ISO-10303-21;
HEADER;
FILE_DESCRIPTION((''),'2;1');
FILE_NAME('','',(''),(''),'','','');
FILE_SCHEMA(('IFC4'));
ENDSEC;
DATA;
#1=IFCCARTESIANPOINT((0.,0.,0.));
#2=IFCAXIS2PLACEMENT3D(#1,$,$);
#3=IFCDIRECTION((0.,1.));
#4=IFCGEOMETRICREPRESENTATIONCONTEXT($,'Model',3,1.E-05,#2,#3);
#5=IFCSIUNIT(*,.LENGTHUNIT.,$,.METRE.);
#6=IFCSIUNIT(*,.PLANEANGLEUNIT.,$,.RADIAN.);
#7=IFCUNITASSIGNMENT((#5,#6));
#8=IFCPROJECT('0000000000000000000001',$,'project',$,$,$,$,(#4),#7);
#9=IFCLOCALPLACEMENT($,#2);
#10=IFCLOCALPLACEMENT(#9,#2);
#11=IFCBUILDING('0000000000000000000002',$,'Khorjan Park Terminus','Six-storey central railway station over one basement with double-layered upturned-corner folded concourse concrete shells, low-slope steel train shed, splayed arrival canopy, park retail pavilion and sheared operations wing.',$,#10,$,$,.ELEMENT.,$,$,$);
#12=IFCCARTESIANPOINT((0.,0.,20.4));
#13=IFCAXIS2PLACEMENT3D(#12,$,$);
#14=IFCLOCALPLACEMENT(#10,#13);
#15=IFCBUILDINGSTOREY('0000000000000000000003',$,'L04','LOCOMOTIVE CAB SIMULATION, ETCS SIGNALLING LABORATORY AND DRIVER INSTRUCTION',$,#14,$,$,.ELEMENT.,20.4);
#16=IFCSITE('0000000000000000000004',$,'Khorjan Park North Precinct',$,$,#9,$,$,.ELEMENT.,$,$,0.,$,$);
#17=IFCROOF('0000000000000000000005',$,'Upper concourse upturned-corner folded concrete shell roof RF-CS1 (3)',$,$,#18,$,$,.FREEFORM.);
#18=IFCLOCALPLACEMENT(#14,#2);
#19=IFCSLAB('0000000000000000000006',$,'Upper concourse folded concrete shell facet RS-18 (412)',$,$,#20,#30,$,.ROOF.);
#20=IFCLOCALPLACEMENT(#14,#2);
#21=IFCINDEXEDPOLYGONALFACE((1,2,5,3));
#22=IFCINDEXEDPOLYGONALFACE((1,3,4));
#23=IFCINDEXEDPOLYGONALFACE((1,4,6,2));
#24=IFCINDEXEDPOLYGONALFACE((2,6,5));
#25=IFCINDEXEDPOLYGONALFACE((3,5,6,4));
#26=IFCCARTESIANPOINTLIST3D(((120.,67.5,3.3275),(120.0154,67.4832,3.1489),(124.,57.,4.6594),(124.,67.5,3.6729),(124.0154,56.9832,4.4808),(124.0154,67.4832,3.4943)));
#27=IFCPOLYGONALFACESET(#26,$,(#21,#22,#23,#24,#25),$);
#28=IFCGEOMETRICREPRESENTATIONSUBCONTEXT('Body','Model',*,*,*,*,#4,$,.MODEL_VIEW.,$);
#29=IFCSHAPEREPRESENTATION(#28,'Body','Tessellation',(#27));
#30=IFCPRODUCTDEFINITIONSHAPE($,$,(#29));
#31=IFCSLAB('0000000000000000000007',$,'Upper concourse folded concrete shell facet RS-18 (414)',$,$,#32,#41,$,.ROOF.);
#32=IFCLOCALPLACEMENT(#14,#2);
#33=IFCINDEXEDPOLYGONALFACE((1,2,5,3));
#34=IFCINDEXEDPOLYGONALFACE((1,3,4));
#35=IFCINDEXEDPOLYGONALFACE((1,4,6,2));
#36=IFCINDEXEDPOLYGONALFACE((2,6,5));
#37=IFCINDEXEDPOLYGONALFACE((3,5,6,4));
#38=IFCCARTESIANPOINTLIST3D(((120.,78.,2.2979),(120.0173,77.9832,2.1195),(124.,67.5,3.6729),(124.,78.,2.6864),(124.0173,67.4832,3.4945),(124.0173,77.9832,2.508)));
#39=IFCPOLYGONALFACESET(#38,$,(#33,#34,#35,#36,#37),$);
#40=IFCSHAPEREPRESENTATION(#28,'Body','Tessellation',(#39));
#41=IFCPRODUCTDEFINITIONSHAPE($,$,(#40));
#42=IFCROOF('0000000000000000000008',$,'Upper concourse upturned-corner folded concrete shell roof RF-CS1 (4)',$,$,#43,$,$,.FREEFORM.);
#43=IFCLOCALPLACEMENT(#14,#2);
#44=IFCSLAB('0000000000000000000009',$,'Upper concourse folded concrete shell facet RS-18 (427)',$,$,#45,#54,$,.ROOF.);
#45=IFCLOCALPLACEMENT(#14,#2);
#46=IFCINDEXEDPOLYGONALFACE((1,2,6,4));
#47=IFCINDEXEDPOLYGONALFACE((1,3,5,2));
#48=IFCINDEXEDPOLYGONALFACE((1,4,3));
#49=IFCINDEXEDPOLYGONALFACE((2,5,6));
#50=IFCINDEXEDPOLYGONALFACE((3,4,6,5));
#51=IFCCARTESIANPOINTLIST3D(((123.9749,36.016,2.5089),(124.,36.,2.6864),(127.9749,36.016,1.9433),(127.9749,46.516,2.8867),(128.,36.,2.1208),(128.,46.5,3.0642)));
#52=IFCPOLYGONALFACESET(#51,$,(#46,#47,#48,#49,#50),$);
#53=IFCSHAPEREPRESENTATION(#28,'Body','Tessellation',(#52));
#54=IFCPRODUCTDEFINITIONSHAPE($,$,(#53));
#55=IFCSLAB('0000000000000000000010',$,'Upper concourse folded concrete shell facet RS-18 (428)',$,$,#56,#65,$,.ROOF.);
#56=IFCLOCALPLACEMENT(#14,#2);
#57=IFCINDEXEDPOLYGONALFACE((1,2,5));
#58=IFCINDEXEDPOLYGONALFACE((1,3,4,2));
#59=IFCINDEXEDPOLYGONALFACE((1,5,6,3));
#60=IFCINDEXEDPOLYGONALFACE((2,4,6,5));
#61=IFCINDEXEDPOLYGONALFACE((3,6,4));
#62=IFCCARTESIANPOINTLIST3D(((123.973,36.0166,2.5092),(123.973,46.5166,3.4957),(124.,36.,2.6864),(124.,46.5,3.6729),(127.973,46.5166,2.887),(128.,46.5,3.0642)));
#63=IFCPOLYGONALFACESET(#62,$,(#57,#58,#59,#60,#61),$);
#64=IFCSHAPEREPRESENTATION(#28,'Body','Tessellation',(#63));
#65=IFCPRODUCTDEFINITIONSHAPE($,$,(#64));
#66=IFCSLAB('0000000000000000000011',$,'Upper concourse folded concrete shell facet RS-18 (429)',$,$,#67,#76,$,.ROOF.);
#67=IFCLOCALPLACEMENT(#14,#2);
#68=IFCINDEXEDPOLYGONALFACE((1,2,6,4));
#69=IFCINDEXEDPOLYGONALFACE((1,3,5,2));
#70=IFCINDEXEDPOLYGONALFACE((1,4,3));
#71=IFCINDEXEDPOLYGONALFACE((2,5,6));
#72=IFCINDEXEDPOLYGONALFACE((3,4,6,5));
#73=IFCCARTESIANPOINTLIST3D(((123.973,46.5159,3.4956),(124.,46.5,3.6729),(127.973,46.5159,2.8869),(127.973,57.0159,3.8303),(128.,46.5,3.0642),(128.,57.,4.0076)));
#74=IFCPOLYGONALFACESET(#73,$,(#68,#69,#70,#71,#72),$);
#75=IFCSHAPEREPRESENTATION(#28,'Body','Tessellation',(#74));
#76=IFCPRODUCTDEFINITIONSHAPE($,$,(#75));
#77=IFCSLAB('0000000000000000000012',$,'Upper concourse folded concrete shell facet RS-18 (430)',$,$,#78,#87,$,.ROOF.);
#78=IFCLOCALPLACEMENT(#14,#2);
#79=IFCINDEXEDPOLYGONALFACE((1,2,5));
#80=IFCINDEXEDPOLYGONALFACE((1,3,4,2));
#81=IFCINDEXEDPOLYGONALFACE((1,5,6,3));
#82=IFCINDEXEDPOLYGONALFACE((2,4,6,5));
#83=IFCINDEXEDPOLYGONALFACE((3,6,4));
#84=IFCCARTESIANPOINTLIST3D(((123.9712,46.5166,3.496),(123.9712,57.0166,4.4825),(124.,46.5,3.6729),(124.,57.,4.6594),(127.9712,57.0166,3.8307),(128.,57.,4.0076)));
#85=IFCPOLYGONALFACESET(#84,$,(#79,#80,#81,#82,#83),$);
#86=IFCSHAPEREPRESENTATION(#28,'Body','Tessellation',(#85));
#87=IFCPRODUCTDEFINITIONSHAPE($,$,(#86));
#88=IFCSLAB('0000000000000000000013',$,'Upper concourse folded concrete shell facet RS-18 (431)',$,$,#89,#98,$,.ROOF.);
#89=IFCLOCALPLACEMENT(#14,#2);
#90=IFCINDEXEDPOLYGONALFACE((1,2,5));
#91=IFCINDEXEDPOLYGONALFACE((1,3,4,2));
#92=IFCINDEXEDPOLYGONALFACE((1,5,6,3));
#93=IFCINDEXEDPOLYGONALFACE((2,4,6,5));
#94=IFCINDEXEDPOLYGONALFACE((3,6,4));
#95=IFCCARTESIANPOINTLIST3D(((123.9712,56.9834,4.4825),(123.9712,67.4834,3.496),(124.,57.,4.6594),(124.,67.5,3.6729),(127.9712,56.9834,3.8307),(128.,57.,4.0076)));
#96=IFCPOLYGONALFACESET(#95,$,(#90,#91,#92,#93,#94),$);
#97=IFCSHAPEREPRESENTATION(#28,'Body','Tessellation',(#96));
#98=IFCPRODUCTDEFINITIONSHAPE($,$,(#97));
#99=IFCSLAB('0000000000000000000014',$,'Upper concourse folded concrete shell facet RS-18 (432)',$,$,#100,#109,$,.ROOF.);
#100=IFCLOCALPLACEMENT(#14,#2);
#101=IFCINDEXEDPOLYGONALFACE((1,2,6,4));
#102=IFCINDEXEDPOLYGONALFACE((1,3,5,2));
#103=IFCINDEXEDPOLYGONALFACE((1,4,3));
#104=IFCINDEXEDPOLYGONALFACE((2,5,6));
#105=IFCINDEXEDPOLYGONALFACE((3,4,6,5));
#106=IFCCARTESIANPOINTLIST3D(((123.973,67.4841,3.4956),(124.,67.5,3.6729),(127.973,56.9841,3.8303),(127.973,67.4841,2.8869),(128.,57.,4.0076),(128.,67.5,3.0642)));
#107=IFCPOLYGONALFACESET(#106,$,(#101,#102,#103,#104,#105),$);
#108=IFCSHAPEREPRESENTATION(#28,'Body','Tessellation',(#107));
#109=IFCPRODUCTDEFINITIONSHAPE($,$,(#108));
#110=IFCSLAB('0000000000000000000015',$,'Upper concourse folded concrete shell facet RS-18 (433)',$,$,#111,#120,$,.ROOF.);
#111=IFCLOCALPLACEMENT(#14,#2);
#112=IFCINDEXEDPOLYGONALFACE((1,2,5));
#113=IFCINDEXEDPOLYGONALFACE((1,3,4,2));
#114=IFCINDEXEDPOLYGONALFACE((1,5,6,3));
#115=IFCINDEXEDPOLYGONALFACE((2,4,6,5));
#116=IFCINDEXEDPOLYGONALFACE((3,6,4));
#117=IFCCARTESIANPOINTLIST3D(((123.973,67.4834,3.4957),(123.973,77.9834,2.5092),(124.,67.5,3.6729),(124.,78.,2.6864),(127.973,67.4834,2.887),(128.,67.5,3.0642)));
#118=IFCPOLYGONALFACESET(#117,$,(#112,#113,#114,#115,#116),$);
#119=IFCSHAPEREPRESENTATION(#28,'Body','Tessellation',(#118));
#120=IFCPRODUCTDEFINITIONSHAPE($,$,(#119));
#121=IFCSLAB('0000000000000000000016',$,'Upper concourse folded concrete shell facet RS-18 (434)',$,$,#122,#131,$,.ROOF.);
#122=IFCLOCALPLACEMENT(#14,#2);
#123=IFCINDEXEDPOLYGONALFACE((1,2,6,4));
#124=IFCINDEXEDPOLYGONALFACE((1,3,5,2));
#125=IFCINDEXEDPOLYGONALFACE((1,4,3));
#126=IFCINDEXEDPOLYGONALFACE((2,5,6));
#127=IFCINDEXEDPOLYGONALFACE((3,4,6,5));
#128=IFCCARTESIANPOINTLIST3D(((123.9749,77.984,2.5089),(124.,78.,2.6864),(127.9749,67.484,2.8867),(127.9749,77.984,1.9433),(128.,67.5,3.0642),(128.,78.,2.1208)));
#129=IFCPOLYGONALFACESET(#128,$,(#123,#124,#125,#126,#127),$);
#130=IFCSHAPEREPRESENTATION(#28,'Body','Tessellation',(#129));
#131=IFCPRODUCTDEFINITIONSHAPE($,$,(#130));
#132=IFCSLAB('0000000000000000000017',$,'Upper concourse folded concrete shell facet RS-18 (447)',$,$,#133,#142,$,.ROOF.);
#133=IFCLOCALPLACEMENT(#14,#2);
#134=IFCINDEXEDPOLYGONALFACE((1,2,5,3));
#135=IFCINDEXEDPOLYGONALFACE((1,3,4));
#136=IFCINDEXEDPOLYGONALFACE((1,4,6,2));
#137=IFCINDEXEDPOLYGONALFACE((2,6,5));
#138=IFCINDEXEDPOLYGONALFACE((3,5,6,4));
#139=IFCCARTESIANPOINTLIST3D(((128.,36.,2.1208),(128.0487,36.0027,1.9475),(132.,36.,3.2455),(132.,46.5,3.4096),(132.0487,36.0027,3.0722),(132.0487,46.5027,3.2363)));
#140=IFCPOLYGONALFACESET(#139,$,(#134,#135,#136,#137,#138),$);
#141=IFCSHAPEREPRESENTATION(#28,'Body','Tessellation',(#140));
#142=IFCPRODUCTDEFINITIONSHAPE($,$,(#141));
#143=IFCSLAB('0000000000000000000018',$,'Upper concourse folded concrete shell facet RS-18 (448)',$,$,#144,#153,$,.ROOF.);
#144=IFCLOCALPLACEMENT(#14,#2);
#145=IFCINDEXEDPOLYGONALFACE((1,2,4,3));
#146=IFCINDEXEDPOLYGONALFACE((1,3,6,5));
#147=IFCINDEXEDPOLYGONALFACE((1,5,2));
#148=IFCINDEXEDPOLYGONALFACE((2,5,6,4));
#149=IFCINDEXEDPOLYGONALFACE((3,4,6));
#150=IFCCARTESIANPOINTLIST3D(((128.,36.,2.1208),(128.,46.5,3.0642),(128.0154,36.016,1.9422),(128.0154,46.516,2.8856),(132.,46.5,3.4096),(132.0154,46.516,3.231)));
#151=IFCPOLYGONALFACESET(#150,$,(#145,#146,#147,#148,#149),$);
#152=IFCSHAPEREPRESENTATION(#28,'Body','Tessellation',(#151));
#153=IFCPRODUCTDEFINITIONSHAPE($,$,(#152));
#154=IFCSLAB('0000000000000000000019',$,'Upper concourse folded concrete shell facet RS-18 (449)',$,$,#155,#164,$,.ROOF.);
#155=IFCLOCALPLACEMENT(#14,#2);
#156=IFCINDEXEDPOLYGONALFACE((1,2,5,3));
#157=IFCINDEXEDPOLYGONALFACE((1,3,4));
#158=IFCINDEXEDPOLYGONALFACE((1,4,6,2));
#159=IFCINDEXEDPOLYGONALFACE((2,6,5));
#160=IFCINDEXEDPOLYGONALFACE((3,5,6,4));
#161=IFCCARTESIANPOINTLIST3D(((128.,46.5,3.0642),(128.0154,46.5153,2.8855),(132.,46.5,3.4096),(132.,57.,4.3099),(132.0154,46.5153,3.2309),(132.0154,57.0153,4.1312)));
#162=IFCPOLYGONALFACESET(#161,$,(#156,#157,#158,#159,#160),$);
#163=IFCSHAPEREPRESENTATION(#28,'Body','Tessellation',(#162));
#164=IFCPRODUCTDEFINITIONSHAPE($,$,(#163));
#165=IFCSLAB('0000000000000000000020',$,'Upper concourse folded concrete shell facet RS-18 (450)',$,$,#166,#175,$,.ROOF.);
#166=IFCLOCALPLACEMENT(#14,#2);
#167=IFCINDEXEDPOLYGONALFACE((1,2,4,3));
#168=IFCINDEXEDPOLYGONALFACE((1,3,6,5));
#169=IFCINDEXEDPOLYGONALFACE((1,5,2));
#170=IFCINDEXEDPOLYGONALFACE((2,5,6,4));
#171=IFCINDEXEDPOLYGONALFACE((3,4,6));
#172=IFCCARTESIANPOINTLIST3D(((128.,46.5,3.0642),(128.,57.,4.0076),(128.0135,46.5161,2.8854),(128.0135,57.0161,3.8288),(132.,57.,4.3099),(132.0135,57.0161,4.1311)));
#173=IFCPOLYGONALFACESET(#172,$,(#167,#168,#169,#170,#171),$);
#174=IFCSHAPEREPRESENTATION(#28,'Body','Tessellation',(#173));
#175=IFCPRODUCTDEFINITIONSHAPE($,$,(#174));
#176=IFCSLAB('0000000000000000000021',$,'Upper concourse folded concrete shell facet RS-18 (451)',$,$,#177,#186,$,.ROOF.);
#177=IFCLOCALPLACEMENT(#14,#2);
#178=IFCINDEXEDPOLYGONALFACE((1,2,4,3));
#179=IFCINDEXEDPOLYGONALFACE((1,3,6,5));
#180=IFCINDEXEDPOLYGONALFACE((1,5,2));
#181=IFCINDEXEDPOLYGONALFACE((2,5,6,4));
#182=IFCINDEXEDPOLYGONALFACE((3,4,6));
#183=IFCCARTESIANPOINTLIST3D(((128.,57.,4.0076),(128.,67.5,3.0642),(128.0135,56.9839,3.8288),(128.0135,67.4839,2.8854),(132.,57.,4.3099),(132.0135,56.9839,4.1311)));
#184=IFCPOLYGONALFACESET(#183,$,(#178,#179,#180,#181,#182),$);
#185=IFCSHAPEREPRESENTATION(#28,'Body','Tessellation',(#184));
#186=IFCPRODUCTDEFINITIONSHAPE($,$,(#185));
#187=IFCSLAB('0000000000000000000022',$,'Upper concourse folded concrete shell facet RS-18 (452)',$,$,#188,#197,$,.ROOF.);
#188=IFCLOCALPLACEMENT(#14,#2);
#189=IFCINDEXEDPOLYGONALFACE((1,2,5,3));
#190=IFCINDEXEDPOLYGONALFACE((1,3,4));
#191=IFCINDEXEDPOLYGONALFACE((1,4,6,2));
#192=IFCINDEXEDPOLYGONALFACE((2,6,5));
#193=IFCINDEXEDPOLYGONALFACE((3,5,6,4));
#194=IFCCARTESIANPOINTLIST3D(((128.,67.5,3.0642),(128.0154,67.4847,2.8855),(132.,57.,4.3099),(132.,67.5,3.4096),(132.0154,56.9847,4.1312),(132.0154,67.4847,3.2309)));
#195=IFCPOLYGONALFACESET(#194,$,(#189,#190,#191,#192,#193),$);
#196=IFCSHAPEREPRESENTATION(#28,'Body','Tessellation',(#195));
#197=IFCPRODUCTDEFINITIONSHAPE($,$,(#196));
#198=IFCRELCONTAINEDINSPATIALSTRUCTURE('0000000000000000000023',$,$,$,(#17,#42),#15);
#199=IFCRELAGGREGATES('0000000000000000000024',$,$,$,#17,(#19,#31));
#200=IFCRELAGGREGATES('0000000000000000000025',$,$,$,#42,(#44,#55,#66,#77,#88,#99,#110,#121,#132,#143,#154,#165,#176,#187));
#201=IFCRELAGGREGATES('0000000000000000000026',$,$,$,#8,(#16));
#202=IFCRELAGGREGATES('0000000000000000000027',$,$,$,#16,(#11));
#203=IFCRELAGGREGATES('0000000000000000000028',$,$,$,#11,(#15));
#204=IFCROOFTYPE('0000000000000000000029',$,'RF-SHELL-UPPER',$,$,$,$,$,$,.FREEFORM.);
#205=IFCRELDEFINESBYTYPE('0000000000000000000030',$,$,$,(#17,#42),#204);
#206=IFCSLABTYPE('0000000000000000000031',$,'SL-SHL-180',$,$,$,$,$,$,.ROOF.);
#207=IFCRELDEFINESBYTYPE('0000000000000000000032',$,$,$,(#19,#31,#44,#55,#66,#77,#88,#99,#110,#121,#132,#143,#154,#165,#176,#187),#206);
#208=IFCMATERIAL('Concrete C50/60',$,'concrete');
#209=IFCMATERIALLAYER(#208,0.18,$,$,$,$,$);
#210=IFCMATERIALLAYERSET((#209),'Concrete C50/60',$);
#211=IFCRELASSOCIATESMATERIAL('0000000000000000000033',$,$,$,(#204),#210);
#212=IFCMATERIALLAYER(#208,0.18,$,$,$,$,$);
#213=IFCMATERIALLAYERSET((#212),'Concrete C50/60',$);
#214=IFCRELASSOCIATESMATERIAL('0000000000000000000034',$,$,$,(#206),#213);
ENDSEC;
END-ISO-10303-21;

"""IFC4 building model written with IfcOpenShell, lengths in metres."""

from ifc_helpers import new_model, si_unit, direction, frame, origin, place, context, subcontext, project, spatial, polyline, outline, extrude, material, layer, layer_set, type_object, element, aggregate, save


model = new_model("IFC4")

# Units and contexts
model_context = context("Model", 3, precision=1e-05, world=origin(), true_north=direction((0.0, 1.0)))
body_context = subcontext(model_context, "Body", "Model", "MODEL_VIEW")
ifc_project = project(units=[si_unit("LENGTHUNIT", "METRE"), si_unit("PLANEANGLEUNIT", "RADIAN")], contexts=[model_context])

# Site, building, storey
site_placement = place(None, origin())
site = spatial("IfcSite", under=ifc_project, at=site_placement, Name="Khorjan Park North Precinct", CompositionType="ELEMENT", RefElevation=0.0)
building_placement = place(site_placement, origin())
building = spatial("IfcBuilding", under=site, at=building_placement, Name="Khorjan Park Terminus", Description="Six-storey central railway station over one basement with double-layered upturned-corner folded concourse concrete shells, low-slope steel train shed, splayed arrival canopy, park retail pavilion and sheared operations wing.", CompositionType="ELEMENT")
storey_placement = place(building_placement, frame((0.0, 0.0, 20.4)))
storey = spatial("IfcBuildingStorey", under=building, at=storey_placement, Name="L04", Description="LOCOMOTIVE CAB SIMULATION, ETCS SIGNALLING LABORATORY AND DRIVER INSTRUCTION", CompositionType="ELEMENT", Elevation=20.4)

# Roofs, slabs
ifc_material = material(Name="Concrete C50/60", Category="concrete")
ifc_layer_1 = layer(ifc_material, 0.18)
ifc_layer_set_1 = layer_set([ifc_layer_1], Name="Concrete C50/60")
roof_type = type_object("IfcRoofType", Name="RF-SHELL-UPPER", PredefinedType="FREEFORM", material=ifc_layer_set_1)
roof_1_placement = place(storey_placement, origin())
roof_1 = element("IfcRoof", 1, at=roof_1_placement, inside=storey, type_object=roof_type, Name="Upper concourse upturned-corner folded concrete shell roof RF-CS1 (3)", PredefinedType="FREEFORM")
ifc_layer_2 = layer(ifc_material, 0.18)
ifc_layer_set_2 = layer_set([ifc_layer_2], Name="Concrete C50/60")
slab_type = type_object("IfcSlabType", Name="SL-SHL-180", PredefinedType="ROOF", material=ifc_layer_set_2)
slab_1_placement = place(storey_placement, frame((124.0, 57.0, 4.6594), z_axis=(-0.085655, 0.093197, 0.991956), x_axis=(0.0, 0.995615, -0.09354)))
slab_1 = element("IfcSlab", 2, at=slab_1_placement, type_object=slab_type, Name="Upper concourse folded concrete shell facet RS-18 (412)", PredefinedType="ROOF", context=body_context, shape_type="SweptSolid", body=[
    extrude(outline(polyline([(0.0, 0.0), (10.5462, 0.0), (10.5785, 4.0148), (0.0, 0.0)])), origin(), (0.0, 0.0, -1.0), 0.18),
])
slab_2_placement = place(storey_placement, frame((124.0, 67.5, 3.6729), z_axis=(-0.09625, 0.093106, 0.990993), x_axis=(0.0, 0.995615, -0.09354)))
slab_2 = element("IfcSlab", 3, at=slab_2_placement, type_object=slab_type, Name="Upper concourse folded concrete shell facet RS-18 (414)", PredefinedType="ROOF", context=body_context, shape_type="SweptSolid", body=[
    extrude(outline(polyline([(0.0, 0.0), (10.5462, 0.0), (10.5826, 4.0187), (0.0, 0.0)])), origin(), (0.0, 0.0, -1.0), 0.18),
])
aggregate(roof_1, [slab_1, slab_2])
roof_2_placement = place(storey_placement, origin())
roof_2 = element("IfcRoof", 4, at=roof_2_placement, inside=storey, type_object=roof_type, Name="Upper concourse upturned-corner folded concrete shell roof RF-CS1 (4)", PredefinedType="FREEFORM")
slab_3_placement = place(storey_placement, frame((124.0, 36.0, 2.6864), z_axis=(0.139457, -0.088613, 0.986255), x_axis=(0.99015, 0.0, -0.140007)))
slab_3 = element("IfcSlab", 5, at=slab_3_placement, type_object=slab_type, Name="Upper concourse folded concrete shell facet RS-18 (427)", PredefinedType="ROOF", context=body_context, shape_type="SweptSolid", body=[
    extrude(outline(polyline([(0.0, 0.0), (4.0398, 0.0), (3.9077, 10.5415), (0.0, 0.0)])), origin(), (0.0, 0.0, -1.0), 0.18),
])
slab_4_placement = place(storey_placement, frame((124.0, 36.0, 2.6864), z_axis=(0.149798, -0.092485, 0.984382), x_axis=(0.355794, 0.93396, 0.033605)))
slab_4 = element("IfcSlab", 6, at=slab_4_placement, type_object=slab_type, Name="Upper concourse folded concrete shell facet RS-18 (428)", PredefinedType="ROOF", context=body_context, shape_type="SweptSolid", body=[
    extrude(outline(polyline([(0.0, 0.0), (11.2425, 0.0), (9.8397, 3.7951), (0.0, 0.0)])), origin(), (0.0, 0.0, -1.0), 0.18),
])
slab_5_placement = place(storey_placement, frame((124.0, 46.5, 3.6729), z_axis=(0.149853, -0.088477, 0.984742), x_axis=(0.988619, 0.0, -0.150443)))
slab_5 = element("IfcSlab", 7, at=slab_5_placement, type_object=slab_type, Name="Upper concourse folded concrete shell facet RS-18 (429)", PredefinedType="ROOF", context=body_context, shape_type="SweptSolid", body=[
    extrude(outline(polyline([(0.0, 0.0), (4.046, 0.0), (3.9041, 10.5413), (0.0, 0.0)])), origin(), (0.0, 0.0, -1.0), 0.18),
])
slab_6_placement = place(storey_placement, frame((124.0, 46.5, 3.6729), z_axis=(0.160142, -0.092333, 0.982766), x_axis=(0.355837, 0.934073, 0.029775)))
slab_6 = element("IfcSlab", 8, at=slab_6_placement, type_object=slab_type, Name="Upper concourse folded concrete shell facet RS-18 (430)", PredefinedType="ROOF", context=body_context, shape_type="SweptSolid", body=[
    extrude(outline(polyline([(0.0, 0.0), (11.2411, 0.0), (9.8371, 3.8018), (0.0, 0.0)])), origin(), (0.0, 0.0, -1.0), 0.18),
])
slab_7_placement = place(storey_placement, frame((124.0, 57.0, 4.6594), z_axis=(0.160142, 0.092333, 0.982766), x_axis=(0.986982, 0.0, -0.160829)))
slab_7 = element("IfcSlab", 9, at=slab_7_placement, type_object=slab_type, Name="Upper concourse folded concrete shell facet RS-18 (431)", PredefinedType="ROOF", context=body_context, shape_type="SweptSolid", body=[
    extrude(outline(polyline([(0.0, 0.0), (4.0528, 0.0), (0.1587, 10.545), (0.0, 0.0)])), origin(), (0.0, 0.0, -1.0), 0.18),
])
slab_8_placement = place(storey_placement, frame((128.0, 57.0, 4.0076), z_axis=(0.149853, 0.088477, 0.984742), x_axis=(0.0, 0.995988, -0.089487)))
slab_8 = element("IfcSlab", 10, at=slab_8_placement, type_object=slab_type, Name="Upper concourse folded concrete shell facet RS-18 (432)", PredefinedType="ROOF", context=body_context, shape_type="SweptSolid", body=[
    extrude(outline(polyline([(0.0, 0.0), (10.5423, 0.0), (10.4878, 4.0457), (0.0, 0.0)])), origin(), (0.0, 0.0, -1.0), 0.18),
])
slab_9_placement = place(storey_placement, frame((124.0, 67.5, 3.6729), z_axis=(0.149798, 0.092485, 0.984382), x_axis=(0.988619, 0.0, -0.150443)))
slab_9 = element("IfcSlab", 11, at=slab_9_placement, type_object=slab_type, Name="Upper concourse folded concrete shell facet RS-18 (433)", PredefinedType="ROOF", context=body_context, shape_type="SweptSolid", body=[
    extrude(outline(polyline([(0.0, 0.0), (4.046, 0.0), (0.1484, 10.5452), (0.0, 0.0)])), origin(), (0.0, 0.0, -1.0), 0.18),
])
slab_10_placement = place(storey_placement, frame((128.0, 67.5, 3.0642), z_axis=(0.139457, 0.088613, 0.986255), x_axis=(0.0, 0.995988, -0.089487)))
slab_10 = element("IfcSlab", 12, at=slab_10_placement, type_object=slab_type, Name="Upper concourse folded concrete shell facet RS-18 (434)", PredefinedType="ROOF", context=body_context, shape_type="SweptSolid", body=[
    extrude(outline(polyline([(0.0, 0.0), (10.5423, 0.0), (10.4917, 4.0395), (0.0, 0.0)])), origin(), (0.0, 0.0, -1.0), 0.18),
])
slab_11_placement = place(storey_placement, frame((128.0, 36.0, 2.1208), z_axis=(-0.270648, -0.015043, 0.962561), x_axis=(0.96267, 0.0, 0.270679)))
slab_11 = element("IfcSlab", 13, at=slab_11_placement, type_object=slab_type, Name="Upper concourse folded concrete shell facet RS-18 (447)", PredefinedType="ROOF", context=body_context, shape_type="SweptSolid", body=[
    extrude(outline(polyline([(0.0, 0.0), (4.1551, 0.0), (4.1995, 10.5012), (0.0, 0.0)])), origin(), (0.0, 0.0, -1.0), 0.18),
])
slab_12_placement = place(storey_placement, frame((128.0, 36.0, 2.1208), z_axis=(-0.085687, -0.089158, 0.992325), x_axis=(0.353676, 0.9284, 0.113955)))
slab_12 = element("IfcSlab", 14, at=slab_12_placement, type_object=slab_type, Name="Upper concourse folded concrete shell facet RS-18 (448)", PredefinedType="ROOF", context=body_context, shape_type="SweptSolid", body=[
    extrude(outline(polyline([(0.0, 0.0), (11.3098, 0.0), (9.8557, 3.7423), (0.0, 0.0)])), origin(), (0.0, 0.0, -1.0), 0.18),
])
slab_13_placement = place(storey_placement, frame((128.0, 46.5, 3.0642), z_axis=(-0.085718, -0.085115, 0.992677), x_axis=(0.996293, 0.0, 0.08603)))
slab_13 = element("IfcSlab", 15, at=slab_13_placement, type_object=slab_type, Name="Upper concourse folded concrete shell facet RS-18 (449)", PredefinedType="ROOF", context=body_context, shape_type="SweptSolid", body=[
    extrude(outline(polyline([(0.0, 0.0), (4.0149, 0.0), (4.0923, 10.5382), (0.0, 0.0)])), origin(), (0.0, 0.0, -1.0), 0.18),
])
slab_14_placement = place(storey_placement, frame((128.0, 46.5, 3.0642), z_axis=(-0.075059, -0.089235, 0.993178), x_axis=(0.353827, 0.928797, 0.110191)))
slab_14 = element("IfcSlab", 16, at=slab_14_placement, type_object=slab_type, Name="Upper concourse folded concrete shell facet RS-18 (450)", PredefinedType="ROOF", context=body_context, shape_type="SweptSolid", body=[
    extrude(outline(polyline([(0.0, 0.0), (11.3049, 0.0), (9.8563, 3.7407), (0.0, 0.0)])), origin(), (0.0, 0.0, -1.0), 0.18),
])
slab_15_placement = place(storey_placement, frame((128.0, 57.0, 4.0076), z_axis=(-0.075059, 0.089235, 0.993178), x_axis=(0.997156, 0.0, 0.07536)))
slab_15 = element("IfcSlab", 17, at=slab_15_placement, type_object=slab_type, Name="Upper concourse folded concrete shell facet RS-18 (451)", PredefinedType="ROOF", context=body_context, shape_type="SweptSolid", body=[
    extrude(outline(polyline([(0.0, 0.0), (4.0114, 0.0), (-0.0711, 10.5421), (0.0, 0.0)])), origin(), (0.0, 0.0, -1.0), 0.18),
])
slab_16_placement = place(storey_placement, frame((132.0, 57.0, 4.3099), z_axis=(-0.085718, 0.085115, 0.992677), x_axis=(0.0, 0.996344, -0.085429)))
slab_16 = element("IfcSlab", 18, at=slab_16_placement, type_object=slab_type, Name="Upper concourse folded concrete shell facet RS-18 (452)", PredefinedType="ROOF", context=body_context, shape_type="SweptSolid", body=[
    extrude(outline(polyline([(0.0, 0.0), (10.5385, 0.0), (10.568, 4.0148), (0.0, 0.0)])), origin(), (0.0, 0.0, -1.0), 0.18),
])
aggregate(roof_2, [slab_3, slab_4, slab_5, slab_6, slab_7, slab_8, slab_9, slab_10, slab_11, slab_12, slab_13, slab_14, slab_15, slab_16])

save(model, "model.ifc")
